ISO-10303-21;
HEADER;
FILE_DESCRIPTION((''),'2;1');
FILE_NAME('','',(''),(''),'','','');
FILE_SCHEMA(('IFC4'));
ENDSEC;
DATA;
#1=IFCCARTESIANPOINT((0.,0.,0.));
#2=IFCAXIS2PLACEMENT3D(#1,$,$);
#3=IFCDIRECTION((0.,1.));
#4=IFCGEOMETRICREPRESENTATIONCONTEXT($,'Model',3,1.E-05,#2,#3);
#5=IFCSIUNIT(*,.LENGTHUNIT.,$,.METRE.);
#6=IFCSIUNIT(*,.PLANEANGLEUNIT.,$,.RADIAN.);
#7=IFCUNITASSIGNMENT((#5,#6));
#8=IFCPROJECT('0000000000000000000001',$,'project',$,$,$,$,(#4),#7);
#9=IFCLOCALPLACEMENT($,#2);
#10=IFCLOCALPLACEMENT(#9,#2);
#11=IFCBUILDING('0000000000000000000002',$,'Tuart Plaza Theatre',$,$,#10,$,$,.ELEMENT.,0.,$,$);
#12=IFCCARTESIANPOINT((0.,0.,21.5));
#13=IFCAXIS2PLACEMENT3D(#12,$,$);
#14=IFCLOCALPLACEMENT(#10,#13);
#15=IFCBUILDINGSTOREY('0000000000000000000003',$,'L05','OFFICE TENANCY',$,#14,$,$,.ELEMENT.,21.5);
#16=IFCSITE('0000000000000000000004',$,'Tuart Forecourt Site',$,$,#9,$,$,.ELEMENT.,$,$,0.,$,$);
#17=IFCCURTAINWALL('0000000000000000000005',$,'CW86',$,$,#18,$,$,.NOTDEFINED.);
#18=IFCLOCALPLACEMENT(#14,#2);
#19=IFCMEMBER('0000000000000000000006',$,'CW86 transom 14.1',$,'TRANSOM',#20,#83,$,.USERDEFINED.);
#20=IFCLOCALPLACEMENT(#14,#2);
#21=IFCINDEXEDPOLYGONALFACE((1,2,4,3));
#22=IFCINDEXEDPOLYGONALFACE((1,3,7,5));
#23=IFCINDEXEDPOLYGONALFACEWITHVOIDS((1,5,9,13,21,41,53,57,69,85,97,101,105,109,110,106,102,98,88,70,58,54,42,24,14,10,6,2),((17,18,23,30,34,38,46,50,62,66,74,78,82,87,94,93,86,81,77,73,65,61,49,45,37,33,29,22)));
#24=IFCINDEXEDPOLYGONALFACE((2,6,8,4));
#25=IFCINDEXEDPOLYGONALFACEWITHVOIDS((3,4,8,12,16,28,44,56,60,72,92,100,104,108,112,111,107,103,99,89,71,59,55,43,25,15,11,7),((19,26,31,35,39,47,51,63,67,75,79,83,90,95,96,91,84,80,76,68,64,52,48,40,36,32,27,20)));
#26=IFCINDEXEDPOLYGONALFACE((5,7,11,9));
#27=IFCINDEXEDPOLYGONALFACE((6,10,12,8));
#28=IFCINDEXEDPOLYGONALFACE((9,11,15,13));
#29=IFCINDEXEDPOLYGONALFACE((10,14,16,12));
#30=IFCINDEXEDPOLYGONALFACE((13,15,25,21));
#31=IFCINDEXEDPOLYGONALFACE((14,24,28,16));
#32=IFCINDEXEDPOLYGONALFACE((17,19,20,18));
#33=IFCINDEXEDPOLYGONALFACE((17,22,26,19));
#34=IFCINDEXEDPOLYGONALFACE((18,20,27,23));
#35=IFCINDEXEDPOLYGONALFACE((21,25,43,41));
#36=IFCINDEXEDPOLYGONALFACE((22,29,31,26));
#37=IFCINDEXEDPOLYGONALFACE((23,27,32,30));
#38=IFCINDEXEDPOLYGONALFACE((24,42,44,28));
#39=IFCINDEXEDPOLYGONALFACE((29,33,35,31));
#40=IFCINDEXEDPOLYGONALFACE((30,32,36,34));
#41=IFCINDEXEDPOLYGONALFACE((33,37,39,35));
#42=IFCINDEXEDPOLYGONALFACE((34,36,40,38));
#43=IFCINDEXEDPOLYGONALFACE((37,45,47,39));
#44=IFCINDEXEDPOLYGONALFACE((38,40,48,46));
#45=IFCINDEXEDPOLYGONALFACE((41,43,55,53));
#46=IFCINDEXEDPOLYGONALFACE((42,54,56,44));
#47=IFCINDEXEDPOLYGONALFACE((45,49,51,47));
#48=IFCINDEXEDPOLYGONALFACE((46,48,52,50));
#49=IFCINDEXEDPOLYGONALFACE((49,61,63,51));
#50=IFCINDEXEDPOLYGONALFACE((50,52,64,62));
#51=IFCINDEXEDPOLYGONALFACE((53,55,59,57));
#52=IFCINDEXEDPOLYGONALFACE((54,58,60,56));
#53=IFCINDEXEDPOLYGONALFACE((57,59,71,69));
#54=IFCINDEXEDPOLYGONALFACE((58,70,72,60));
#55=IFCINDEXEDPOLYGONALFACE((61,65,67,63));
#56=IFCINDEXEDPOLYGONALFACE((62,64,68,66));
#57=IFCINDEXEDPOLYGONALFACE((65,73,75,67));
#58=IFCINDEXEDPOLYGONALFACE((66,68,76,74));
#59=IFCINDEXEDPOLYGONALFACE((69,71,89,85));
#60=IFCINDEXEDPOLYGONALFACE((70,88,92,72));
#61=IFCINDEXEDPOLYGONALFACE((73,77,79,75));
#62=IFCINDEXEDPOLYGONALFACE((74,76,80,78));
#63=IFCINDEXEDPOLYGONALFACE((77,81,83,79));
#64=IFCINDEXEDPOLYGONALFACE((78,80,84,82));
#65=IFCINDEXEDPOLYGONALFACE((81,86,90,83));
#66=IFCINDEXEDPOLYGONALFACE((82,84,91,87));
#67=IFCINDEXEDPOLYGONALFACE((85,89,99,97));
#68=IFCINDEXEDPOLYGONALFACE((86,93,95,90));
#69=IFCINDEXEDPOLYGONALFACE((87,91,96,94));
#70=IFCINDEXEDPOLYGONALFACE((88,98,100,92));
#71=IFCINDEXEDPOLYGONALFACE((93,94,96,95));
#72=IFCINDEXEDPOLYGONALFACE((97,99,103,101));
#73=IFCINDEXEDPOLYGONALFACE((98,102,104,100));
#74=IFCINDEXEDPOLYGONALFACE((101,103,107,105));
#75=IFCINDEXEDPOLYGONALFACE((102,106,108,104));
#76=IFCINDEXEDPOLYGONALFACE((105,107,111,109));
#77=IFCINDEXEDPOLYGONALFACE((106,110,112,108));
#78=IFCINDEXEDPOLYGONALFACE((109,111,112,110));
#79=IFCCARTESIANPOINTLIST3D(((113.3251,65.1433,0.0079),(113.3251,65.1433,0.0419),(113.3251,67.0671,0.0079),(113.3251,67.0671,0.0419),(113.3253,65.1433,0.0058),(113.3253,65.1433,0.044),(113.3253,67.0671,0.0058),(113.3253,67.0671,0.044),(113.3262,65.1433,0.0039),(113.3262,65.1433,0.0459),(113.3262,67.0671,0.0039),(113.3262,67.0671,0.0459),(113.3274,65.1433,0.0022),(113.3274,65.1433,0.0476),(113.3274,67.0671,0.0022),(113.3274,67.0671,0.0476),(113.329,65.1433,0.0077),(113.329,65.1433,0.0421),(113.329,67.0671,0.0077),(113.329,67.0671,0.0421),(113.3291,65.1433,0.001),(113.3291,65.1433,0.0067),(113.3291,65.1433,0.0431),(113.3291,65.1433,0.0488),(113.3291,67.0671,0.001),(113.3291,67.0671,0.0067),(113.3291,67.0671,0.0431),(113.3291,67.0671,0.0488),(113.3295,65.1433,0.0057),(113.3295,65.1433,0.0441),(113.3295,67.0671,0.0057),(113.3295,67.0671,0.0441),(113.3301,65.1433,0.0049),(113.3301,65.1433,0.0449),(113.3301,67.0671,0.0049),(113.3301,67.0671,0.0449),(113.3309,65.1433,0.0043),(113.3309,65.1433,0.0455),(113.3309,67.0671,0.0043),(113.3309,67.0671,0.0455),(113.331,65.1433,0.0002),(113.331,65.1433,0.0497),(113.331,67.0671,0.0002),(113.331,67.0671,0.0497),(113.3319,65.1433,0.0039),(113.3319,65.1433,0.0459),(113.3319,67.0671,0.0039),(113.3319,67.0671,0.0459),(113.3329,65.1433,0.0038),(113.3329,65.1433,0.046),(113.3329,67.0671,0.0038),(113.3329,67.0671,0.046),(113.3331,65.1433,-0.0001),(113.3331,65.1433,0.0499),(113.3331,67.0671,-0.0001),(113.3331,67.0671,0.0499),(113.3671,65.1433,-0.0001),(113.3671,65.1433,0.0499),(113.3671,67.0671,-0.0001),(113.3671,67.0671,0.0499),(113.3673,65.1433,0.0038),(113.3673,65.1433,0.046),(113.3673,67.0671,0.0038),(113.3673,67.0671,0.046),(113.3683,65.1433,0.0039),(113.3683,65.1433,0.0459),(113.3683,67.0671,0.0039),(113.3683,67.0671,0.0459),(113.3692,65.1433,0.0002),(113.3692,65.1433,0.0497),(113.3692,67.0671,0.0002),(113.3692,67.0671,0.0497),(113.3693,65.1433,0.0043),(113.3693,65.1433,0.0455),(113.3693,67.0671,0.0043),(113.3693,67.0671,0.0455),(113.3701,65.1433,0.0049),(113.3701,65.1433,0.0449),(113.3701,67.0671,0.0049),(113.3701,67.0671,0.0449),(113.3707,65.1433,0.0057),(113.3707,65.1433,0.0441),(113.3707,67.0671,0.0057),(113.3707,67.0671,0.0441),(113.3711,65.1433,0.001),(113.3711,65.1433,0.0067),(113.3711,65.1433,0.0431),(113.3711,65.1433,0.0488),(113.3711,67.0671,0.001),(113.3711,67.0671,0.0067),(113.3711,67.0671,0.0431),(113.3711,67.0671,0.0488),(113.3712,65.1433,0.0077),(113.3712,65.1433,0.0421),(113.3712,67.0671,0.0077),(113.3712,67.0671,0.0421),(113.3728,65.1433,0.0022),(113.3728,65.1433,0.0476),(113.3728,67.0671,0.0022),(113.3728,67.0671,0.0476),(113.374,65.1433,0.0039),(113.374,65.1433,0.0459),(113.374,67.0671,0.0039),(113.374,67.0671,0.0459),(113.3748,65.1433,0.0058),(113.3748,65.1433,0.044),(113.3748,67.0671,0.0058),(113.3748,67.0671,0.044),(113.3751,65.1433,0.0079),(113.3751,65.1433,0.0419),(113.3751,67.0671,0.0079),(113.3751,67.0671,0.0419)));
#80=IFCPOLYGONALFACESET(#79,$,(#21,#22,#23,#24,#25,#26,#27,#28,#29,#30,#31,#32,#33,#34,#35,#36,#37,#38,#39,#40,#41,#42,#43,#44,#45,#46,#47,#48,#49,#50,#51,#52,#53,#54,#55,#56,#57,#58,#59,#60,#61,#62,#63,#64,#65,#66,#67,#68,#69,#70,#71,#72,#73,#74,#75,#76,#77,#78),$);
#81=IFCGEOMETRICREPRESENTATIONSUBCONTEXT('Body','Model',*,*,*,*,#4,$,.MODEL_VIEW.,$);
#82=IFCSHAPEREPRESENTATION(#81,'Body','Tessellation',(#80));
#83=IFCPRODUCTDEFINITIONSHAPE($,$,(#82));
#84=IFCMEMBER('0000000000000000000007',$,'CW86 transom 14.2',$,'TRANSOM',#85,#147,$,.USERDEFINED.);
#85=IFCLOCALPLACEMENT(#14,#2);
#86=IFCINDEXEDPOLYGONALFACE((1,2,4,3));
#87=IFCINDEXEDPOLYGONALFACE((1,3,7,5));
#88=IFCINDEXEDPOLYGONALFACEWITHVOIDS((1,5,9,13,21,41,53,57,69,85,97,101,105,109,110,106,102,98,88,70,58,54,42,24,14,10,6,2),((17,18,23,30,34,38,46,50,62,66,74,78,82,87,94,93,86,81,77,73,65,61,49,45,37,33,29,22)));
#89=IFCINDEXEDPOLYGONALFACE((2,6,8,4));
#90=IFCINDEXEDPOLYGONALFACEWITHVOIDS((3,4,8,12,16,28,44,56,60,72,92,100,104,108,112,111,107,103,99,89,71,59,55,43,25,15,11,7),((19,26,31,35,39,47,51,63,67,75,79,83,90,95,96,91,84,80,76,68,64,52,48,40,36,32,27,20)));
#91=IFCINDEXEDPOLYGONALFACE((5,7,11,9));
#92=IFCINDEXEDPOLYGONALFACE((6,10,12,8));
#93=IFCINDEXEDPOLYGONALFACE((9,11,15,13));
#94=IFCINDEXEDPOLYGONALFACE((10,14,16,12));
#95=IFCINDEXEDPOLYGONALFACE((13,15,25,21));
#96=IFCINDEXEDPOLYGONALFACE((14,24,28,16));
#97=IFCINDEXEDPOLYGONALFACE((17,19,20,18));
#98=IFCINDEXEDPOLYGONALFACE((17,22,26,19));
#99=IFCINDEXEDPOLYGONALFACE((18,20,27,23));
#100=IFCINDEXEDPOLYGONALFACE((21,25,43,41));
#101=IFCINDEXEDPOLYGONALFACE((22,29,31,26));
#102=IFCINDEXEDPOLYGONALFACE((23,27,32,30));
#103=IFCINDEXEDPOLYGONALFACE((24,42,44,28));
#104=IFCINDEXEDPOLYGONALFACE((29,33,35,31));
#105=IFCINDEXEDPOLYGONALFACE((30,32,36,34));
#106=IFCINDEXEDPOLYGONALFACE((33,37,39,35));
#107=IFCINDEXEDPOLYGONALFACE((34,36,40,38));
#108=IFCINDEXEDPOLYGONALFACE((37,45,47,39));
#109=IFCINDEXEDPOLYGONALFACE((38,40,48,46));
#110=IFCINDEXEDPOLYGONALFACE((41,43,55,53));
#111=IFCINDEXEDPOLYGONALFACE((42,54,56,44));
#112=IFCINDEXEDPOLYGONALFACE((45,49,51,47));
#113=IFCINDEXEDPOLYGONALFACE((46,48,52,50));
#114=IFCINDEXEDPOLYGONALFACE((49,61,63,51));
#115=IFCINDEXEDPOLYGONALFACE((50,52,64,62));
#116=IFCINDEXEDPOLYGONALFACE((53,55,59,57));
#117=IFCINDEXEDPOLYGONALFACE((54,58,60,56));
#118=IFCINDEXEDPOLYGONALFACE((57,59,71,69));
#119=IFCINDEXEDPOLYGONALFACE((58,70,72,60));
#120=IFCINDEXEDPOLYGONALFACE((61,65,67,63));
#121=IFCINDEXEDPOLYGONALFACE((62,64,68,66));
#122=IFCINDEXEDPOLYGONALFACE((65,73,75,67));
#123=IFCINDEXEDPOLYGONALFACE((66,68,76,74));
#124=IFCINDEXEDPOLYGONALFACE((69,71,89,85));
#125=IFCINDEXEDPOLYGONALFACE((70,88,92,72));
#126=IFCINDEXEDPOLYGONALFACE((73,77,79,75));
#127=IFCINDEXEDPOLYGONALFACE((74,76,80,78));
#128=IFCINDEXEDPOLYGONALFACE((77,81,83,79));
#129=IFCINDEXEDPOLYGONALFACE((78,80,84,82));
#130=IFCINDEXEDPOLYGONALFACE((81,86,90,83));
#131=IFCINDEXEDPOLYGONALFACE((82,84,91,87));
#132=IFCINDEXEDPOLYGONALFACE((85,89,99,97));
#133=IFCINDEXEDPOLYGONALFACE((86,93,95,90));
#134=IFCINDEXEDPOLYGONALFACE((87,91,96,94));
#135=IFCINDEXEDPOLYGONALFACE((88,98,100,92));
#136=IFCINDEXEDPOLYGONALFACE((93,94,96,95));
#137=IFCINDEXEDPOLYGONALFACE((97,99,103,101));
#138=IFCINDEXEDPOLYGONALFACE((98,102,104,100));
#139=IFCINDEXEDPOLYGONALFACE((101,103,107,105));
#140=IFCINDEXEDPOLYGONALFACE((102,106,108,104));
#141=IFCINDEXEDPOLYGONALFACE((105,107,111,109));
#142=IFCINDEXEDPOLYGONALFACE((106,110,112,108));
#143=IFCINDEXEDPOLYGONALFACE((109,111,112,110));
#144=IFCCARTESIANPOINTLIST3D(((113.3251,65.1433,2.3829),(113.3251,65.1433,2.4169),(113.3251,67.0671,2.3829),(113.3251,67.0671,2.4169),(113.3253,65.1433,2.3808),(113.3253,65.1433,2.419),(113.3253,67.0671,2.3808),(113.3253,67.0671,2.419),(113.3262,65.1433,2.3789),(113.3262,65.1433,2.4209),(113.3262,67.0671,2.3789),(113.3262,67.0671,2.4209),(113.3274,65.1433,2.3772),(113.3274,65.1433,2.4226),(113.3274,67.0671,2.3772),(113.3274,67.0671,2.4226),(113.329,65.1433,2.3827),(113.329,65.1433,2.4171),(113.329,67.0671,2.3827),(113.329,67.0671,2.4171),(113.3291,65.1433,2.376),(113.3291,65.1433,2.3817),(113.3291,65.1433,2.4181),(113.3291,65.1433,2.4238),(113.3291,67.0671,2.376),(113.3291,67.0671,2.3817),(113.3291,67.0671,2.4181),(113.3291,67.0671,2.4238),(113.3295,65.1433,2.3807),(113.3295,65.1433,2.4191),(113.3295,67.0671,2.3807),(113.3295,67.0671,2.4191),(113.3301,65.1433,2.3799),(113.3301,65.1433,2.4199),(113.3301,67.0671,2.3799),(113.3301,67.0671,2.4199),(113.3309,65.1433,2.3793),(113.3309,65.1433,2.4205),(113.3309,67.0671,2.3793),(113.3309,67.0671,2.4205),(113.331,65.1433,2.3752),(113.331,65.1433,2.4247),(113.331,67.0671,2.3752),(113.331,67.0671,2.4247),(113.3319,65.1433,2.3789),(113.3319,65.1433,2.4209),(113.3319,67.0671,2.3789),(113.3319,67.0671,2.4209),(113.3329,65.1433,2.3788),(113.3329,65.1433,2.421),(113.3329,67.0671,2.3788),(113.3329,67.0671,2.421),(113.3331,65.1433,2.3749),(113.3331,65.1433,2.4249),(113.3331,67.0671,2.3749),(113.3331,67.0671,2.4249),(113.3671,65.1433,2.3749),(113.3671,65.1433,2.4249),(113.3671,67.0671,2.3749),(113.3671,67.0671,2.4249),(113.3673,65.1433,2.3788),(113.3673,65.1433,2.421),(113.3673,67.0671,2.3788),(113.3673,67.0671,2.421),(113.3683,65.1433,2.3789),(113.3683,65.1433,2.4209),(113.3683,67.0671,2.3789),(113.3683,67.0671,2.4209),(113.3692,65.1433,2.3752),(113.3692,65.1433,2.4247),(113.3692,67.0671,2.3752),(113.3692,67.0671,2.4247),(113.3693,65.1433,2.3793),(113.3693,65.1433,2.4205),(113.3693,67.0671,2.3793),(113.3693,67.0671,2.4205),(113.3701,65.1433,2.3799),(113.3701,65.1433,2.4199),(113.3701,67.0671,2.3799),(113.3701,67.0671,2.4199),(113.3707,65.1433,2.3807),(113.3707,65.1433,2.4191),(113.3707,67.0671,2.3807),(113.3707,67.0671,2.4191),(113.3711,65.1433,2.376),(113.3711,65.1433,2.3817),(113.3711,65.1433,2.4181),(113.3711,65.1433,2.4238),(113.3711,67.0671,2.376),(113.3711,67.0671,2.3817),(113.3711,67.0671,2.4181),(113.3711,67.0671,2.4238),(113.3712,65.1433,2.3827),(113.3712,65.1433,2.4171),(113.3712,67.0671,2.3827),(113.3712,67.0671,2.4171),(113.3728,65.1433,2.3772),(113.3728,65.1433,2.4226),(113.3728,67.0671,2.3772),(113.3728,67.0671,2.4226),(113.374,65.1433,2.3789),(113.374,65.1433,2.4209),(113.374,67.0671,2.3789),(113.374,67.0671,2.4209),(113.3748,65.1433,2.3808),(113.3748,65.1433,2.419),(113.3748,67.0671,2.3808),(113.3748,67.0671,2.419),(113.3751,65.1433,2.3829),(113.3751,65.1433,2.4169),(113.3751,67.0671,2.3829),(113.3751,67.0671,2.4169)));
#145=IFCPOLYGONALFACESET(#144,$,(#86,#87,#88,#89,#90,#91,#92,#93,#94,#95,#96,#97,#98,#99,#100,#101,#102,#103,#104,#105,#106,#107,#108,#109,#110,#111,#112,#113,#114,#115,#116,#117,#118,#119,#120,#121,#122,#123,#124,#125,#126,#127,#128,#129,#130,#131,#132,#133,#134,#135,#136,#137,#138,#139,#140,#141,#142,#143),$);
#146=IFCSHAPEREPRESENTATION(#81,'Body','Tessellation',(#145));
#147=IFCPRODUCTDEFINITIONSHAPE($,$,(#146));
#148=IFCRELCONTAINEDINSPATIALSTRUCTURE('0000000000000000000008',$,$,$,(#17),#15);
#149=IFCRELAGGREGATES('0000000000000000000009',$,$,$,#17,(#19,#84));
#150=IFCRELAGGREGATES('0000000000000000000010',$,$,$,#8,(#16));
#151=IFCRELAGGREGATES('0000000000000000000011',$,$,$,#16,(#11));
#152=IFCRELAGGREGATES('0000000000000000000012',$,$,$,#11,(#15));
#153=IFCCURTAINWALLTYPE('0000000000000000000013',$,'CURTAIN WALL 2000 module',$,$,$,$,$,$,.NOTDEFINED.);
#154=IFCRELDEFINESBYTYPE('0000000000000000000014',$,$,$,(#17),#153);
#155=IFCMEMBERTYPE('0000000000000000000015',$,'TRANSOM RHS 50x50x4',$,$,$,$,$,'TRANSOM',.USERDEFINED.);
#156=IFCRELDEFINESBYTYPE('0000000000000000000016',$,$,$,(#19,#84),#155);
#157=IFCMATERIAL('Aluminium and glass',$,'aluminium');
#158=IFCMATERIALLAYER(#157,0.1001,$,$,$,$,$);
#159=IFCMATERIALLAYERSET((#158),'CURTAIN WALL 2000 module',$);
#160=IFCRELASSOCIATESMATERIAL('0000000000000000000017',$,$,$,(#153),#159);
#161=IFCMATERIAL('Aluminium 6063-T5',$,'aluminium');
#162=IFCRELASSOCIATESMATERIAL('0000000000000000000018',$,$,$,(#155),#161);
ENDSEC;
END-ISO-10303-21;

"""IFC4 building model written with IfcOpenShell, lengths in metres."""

from ifc_helpers import new_model, si_unit, direction, frame, origin, origin_2d, place, context, subcontext, project, spatial, hollow_rectangle, extrude, material, layer, layer_set, material_profile, profile_set, type_object, element, aggregate, save


model = new_model("IFC4")

# Units and contexts
model_context = context("Model", 3, precision=1e-05, world=origin(), true_north=direction((0.0, 1.0)))
body_context = subcontext(model_context, "Body", "Model", "MODEL_VIEW")
ifc_project = project(units=[si_unit("LENGTHUNIT", "METRE"), si_unit("PLANEANGLEUNIT", "RADIAN")], contexts=[model_context])

# Site, building, storey
site_placement = place(None, origin())
site = spatial("IfcSite", under=ifc_project, at=site_placement, Name="Tuart Forecourt Site", CompositionType="ELEMENT", RefElevation=0.0)
building_placement = place(site_placement, origin())
building = spatial("IfcBuilding", under=site, at=building_placement, Name="Tuart Plaza Theatre", CompositionType="ELEMENT", ElevationOfRefHeight=0.0)
storey_placement = place(building_placement, frame((0.0, 0.0, 21.5)))
storey = spatial("IfcBuildingStorey", under=building, at=storey_placement, Name="L05", Description="OFFICE TENANCY", CompositionType="ELEMENT", Elevation=21.5)

# Curtain wall, members
ifc_material_1 = material(Name="Aluminium and glass", Category="aluminium")
ifc_layer_1 = layer(ifc_material_1, 0.1001)
ifc_layer_set_1 = layer_set([ifc_layer_1], Name="CURTAIN WALL 2000 module")
curtain_wall_type = type_object("IfcCurtainWallType", Name="CURTAIN WALL 2000 module", PredefinedType="NOTDEFINED", material=ifc_layer_set_1)
curtain_wall_placement = place(storey_placement, origin())
curtain_wall = element("IfcCurtainWall", 1, at=curtain_wall_placement, inside=storey, type_object=curtain_wall_type, Name="CW86", PredefinedType="NOTDEFINED")
ifc_material_2 = material(Name="Aluminium 6063-T5", Category="aluminium")
ifc_material_profile_1 = material_profile(ifc_material_2, hollow_rectangle(XDim=0.05, YDim=0.05, WallThickness=0.0039, InnerFilletRadius=0.0039, OuterFilletRadius=0.0081, at=origin_2d()), Name="RHS 50x50x4")
ifc_profile_set_1 = profile_set([ifc_material_profile_1], Name="Aluminium 6063-T5")
member_type_1 = type_object("IfcMemberType", Name="TRANSOM RHS 50x50x4", ElementType="TRANSOM", PredefinedType="USERDEFINED", material=ifc_profile_set_1)
member_1_placement = place(storey_placement, frame((113.3501, 67.0671, 0.0249), z_axis=(0.0, -1.0, 0.0), x_axis=(1.0, 0.0, 0.0)))
member_1 = element("IfcMember", 2, at=member_1_placement, type_object=member_type_1, Name="CW86 transom 14.1", ObjectType="TRANSOM", PredefinedType="USERDEFINED", context=body_context, shape_type="SweptSolid", body=[
    extrude(hollow_rectangle(XDim=0.05, YDim=0.05, WallThickness=0.0039, InnerFilletRadius=0.0039, OuterFilletRadius=0.0081, at=origin_2d()), origin(), (0.0, 0.0, 1.0), 1.9238),
])
member_2_placement = place(storey_placement, frame((113.3501, 67.0671, 2.3999), z_axis=(0.0, -1.0, 0.0), x_axis=(1.0, 0.0, 0.0)))
member_2 = element("IfcMember", 3, at=member_2_placement, type_object=member_type_1, Name="CW86 transom 14.2", ObjectType="TRANSOM", PredefinedType="USERDEFINED", context=body_context, shape_type="SweptSolid", body=[
    extrude(hollow_rectangle(XDim=0.05, YDim=0.05, WallThickness=0.0039, InnerFilletRadius=0.0039, OuterFilletRadius=0.0081, at=origin_2d()), origin(), (0.0, 0.0, 1.0), 1.9238),
])
aggregate(curtain_wall, [member_1, member_2])

save(model, "model.ifc")
